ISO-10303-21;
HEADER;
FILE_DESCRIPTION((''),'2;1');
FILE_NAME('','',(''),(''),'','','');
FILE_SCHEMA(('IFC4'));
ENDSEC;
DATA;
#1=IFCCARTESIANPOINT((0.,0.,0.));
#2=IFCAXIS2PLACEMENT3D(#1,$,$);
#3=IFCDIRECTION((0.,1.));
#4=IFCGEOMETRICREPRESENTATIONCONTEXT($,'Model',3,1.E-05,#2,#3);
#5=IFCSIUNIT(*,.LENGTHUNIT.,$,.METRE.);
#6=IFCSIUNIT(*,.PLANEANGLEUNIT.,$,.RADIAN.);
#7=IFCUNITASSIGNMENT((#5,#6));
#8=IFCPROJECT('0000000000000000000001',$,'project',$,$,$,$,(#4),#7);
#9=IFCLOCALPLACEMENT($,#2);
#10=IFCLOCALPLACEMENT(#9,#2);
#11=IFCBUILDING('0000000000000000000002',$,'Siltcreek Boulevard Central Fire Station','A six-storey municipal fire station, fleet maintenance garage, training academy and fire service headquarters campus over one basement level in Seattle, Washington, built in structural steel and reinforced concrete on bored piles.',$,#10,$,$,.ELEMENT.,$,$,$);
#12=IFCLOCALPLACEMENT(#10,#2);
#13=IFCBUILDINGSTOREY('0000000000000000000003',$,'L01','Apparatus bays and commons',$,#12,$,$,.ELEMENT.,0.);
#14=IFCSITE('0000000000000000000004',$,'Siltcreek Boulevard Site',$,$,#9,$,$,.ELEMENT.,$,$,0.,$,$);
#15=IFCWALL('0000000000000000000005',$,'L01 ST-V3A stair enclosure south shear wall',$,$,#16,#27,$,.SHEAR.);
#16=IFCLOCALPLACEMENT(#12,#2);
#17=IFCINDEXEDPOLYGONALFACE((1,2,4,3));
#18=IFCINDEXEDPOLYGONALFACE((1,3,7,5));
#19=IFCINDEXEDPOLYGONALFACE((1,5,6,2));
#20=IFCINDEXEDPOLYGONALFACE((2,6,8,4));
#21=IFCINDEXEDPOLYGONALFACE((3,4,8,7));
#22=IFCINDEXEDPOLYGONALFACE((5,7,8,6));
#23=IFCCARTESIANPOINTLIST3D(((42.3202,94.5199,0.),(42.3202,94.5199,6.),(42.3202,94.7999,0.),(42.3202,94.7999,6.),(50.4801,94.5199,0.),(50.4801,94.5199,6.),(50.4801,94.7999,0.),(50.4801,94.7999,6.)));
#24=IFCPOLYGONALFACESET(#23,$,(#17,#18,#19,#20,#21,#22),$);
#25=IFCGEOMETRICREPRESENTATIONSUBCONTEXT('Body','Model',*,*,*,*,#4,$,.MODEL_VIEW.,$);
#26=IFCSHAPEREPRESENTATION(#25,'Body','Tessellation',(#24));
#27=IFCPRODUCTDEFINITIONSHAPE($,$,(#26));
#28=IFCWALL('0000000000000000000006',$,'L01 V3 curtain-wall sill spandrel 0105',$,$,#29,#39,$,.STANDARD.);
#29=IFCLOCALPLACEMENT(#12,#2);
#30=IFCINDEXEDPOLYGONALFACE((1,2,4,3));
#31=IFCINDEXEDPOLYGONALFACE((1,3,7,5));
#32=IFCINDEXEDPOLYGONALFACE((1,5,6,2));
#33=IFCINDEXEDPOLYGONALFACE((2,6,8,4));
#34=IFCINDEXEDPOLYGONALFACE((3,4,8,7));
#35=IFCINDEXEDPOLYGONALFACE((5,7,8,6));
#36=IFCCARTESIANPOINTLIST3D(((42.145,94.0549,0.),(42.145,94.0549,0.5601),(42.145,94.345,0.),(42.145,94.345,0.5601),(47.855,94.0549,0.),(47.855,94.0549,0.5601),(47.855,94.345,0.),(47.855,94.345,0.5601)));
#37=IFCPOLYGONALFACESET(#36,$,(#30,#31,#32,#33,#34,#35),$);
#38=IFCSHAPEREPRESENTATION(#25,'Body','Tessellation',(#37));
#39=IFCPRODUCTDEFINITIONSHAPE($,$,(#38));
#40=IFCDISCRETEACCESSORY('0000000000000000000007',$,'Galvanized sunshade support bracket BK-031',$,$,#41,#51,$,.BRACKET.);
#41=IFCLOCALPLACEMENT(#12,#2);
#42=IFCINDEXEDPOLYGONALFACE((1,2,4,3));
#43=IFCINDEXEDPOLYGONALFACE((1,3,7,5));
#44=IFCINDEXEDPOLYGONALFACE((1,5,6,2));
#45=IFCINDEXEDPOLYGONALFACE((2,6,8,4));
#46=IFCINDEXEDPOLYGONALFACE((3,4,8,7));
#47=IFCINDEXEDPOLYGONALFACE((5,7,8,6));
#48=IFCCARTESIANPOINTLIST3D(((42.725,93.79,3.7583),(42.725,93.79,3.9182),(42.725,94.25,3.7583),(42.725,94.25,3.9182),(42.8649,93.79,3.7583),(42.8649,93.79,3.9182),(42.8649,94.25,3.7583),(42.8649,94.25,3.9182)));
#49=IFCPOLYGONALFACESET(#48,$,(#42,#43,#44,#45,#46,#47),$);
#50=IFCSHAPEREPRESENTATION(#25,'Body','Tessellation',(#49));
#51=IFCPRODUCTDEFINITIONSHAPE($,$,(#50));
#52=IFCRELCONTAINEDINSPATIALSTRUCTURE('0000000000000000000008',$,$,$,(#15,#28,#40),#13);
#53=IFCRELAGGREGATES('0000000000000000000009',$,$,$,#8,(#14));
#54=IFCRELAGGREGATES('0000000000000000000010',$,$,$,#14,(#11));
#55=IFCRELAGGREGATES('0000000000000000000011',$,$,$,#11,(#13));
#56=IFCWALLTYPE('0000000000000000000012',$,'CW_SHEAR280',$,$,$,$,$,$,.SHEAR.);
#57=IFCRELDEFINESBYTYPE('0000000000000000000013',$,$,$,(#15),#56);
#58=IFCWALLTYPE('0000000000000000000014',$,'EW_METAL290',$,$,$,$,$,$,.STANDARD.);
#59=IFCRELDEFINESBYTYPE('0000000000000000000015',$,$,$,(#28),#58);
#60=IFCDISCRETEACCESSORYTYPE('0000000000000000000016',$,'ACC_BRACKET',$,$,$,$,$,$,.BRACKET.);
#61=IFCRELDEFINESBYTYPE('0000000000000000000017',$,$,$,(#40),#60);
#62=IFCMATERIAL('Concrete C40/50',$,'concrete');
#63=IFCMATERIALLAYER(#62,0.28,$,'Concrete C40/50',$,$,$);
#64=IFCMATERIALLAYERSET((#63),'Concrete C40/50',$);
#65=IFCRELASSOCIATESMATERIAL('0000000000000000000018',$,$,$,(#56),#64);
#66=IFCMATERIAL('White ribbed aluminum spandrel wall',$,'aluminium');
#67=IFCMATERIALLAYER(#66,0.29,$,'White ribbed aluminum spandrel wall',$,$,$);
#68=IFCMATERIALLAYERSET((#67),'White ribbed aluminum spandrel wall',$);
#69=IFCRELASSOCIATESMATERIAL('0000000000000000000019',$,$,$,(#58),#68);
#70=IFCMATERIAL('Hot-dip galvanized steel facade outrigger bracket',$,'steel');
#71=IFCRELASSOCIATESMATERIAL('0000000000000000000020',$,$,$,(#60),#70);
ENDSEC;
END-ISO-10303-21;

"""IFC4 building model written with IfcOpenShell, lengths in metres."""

from ifc_helpers import new_model, si_unit, direction, frame, frame_2d, origin, origin_2d, place, context, subcontext, project, spatial, rectangle, extrude, material, layer, layer_set, type_object, element, save


model = new_model("IFC4")

# Units and contexts
model_context = context("Model", 3, precision=1e-05, world=origin(), true_north=direction((0.0, 1.0)))
body_context = subcontext(model_context, "Body", "Model", "MODEL_VIEW")
ifc_project = project(units=[si_unit("LENGTHUNIT", "METRE"), si_unit("PLANEANGLEUNIT", "RADIAN")], contexts=[model_context])

# Site, building, storey
site_placement = place(None, origin())
site = spatial("IfcSite", under=ifc_project, at=site_placement, Name="Siltcreek Boulevard Site", CompositionType="ELEMENT", RefElevation=0.0)
building_placement = place(site_placement, origin())
building = spatial("IfcBuilding", under=site, at=building_placement, Name="Siltcreek Boulevard Central Fire Station", Description="A six-storey municipal fire station, fleet maintenance garage, training academy and fire service headquarters campus over one basement level in Seattle, Washington, built in structural steel and reinforced concrete on bored piles.", CompositionType="ELEMENT")
storey_placement = place(building_placement, origin())
storey = spatial("IfcBuildingStorey", under=building, at=storey_placement, Name="L01", Description="Apparatus bays and commons", CompositionType="ELEMENT", Elevation=0.0)

# Walls
ifc_material_1 = material(Name="Concrete C40/50", Category="concrete")
ifc_layer_1 = layer(ifc_material_1, 0.28, Name="Concrete C40/50")
ifc_layer_set_1 = layer_set([ifc_layer_1], Name="Concrete C40/50")
wall_type_1 = type_object("IfcWallType", Name="CW_SHEAR280", PredefinedType="SHEAR", material=ifc_layer_set_1)
wall_1_placement = place(storey_placement, frame((42.3201, 94.6599, 0.0), z_axis=(0.0, 0.0, 1.0), x_axis=(1.0, 0.0, 0.0)))
element("IfcWall", 1, at=wall_1_placement, inside=storey, type_object=wall_type_1, Name="L01 ST-V3A stair enclosure south shear wall", PredefinedType="SHEAR", context=body_context, shape_type="SweptSolid", body=[
    extrude(rectangle(XDim=8.1599, YDim=0.28, at=frame_2d((4.0801, 0.0))), origin(), (0.0, 0.0, 1.0), 6.0),
])
ifc_material_2 = material(Name="White ribbed aluminum spandrel wall", Category="aluminium")
ifc_layer_2 = layer(ifc_material_2, 0.29, Name="White ribbed aluminum spandrel wall")
ifc_layer_set_2 = layer_set([ifc_layer_2], Name="White ribbed aluminum spandrel wall")
wall_type_2 = type_object("IfcWallType", Name="EW_METAL290", PredefinedType="STANDARD", material=ifc_layer_set_2)
wall_2_placement = place(storey_placement, frame((42.145, 94.2, 0.0), z_axis=(0.0, 0.0, 1.0), x_axis=(1.0, 0.0, 0.0)))
element("IfcWall", 2, at=wall_2_placement, inside=storey, type_object=wall_type_2, Name="L01 V3 curtain-wall sill spandrel 0105", PredefinedType="STANDARD", context=body_context, shape_type="SweptSolid", body=[
    extrude(rectangle(XDim=5.71, YDim=0.29, at=frame_2d((2.855, 0.0))), origin(), (0.0, 0.0, 1.0), 0.5601),
])

# Discrete accessory
ifc_material_3 = material(Name="Hot-dip galvanized steel facade outrigger bracket", Category="steel")
discrete_accessory_type = type_object("IfcDiscreteAccessoryType", Name="ACC_BRACKET", PredefinedType="BRACKET", material=ifc_material_3)
discrete_accessory_placement = place(storey_placement, frame((42.7949, 94.02, 3.7583), z_axis=(0.0, 0.0, 1.0), x_axis=(1.0, 0.0, 0.0)))
element("IfcDiscreteAccessory", 3, at=discrete_accessory_placement, inside=storey, type_object=discrete_accessory_type, Name="Galvanized sunshade support bracket BK-031", PredefinedType="BRACKET", context=body_context, shape_type="SweptSolid", body=[
    extrude(rectangle(XDim=0.1399, YDim=0.46, at=origin_2d()), origin(), (0.0, 0.0, 1.0), 0.1599),
])

save(model, "model.ifc")
